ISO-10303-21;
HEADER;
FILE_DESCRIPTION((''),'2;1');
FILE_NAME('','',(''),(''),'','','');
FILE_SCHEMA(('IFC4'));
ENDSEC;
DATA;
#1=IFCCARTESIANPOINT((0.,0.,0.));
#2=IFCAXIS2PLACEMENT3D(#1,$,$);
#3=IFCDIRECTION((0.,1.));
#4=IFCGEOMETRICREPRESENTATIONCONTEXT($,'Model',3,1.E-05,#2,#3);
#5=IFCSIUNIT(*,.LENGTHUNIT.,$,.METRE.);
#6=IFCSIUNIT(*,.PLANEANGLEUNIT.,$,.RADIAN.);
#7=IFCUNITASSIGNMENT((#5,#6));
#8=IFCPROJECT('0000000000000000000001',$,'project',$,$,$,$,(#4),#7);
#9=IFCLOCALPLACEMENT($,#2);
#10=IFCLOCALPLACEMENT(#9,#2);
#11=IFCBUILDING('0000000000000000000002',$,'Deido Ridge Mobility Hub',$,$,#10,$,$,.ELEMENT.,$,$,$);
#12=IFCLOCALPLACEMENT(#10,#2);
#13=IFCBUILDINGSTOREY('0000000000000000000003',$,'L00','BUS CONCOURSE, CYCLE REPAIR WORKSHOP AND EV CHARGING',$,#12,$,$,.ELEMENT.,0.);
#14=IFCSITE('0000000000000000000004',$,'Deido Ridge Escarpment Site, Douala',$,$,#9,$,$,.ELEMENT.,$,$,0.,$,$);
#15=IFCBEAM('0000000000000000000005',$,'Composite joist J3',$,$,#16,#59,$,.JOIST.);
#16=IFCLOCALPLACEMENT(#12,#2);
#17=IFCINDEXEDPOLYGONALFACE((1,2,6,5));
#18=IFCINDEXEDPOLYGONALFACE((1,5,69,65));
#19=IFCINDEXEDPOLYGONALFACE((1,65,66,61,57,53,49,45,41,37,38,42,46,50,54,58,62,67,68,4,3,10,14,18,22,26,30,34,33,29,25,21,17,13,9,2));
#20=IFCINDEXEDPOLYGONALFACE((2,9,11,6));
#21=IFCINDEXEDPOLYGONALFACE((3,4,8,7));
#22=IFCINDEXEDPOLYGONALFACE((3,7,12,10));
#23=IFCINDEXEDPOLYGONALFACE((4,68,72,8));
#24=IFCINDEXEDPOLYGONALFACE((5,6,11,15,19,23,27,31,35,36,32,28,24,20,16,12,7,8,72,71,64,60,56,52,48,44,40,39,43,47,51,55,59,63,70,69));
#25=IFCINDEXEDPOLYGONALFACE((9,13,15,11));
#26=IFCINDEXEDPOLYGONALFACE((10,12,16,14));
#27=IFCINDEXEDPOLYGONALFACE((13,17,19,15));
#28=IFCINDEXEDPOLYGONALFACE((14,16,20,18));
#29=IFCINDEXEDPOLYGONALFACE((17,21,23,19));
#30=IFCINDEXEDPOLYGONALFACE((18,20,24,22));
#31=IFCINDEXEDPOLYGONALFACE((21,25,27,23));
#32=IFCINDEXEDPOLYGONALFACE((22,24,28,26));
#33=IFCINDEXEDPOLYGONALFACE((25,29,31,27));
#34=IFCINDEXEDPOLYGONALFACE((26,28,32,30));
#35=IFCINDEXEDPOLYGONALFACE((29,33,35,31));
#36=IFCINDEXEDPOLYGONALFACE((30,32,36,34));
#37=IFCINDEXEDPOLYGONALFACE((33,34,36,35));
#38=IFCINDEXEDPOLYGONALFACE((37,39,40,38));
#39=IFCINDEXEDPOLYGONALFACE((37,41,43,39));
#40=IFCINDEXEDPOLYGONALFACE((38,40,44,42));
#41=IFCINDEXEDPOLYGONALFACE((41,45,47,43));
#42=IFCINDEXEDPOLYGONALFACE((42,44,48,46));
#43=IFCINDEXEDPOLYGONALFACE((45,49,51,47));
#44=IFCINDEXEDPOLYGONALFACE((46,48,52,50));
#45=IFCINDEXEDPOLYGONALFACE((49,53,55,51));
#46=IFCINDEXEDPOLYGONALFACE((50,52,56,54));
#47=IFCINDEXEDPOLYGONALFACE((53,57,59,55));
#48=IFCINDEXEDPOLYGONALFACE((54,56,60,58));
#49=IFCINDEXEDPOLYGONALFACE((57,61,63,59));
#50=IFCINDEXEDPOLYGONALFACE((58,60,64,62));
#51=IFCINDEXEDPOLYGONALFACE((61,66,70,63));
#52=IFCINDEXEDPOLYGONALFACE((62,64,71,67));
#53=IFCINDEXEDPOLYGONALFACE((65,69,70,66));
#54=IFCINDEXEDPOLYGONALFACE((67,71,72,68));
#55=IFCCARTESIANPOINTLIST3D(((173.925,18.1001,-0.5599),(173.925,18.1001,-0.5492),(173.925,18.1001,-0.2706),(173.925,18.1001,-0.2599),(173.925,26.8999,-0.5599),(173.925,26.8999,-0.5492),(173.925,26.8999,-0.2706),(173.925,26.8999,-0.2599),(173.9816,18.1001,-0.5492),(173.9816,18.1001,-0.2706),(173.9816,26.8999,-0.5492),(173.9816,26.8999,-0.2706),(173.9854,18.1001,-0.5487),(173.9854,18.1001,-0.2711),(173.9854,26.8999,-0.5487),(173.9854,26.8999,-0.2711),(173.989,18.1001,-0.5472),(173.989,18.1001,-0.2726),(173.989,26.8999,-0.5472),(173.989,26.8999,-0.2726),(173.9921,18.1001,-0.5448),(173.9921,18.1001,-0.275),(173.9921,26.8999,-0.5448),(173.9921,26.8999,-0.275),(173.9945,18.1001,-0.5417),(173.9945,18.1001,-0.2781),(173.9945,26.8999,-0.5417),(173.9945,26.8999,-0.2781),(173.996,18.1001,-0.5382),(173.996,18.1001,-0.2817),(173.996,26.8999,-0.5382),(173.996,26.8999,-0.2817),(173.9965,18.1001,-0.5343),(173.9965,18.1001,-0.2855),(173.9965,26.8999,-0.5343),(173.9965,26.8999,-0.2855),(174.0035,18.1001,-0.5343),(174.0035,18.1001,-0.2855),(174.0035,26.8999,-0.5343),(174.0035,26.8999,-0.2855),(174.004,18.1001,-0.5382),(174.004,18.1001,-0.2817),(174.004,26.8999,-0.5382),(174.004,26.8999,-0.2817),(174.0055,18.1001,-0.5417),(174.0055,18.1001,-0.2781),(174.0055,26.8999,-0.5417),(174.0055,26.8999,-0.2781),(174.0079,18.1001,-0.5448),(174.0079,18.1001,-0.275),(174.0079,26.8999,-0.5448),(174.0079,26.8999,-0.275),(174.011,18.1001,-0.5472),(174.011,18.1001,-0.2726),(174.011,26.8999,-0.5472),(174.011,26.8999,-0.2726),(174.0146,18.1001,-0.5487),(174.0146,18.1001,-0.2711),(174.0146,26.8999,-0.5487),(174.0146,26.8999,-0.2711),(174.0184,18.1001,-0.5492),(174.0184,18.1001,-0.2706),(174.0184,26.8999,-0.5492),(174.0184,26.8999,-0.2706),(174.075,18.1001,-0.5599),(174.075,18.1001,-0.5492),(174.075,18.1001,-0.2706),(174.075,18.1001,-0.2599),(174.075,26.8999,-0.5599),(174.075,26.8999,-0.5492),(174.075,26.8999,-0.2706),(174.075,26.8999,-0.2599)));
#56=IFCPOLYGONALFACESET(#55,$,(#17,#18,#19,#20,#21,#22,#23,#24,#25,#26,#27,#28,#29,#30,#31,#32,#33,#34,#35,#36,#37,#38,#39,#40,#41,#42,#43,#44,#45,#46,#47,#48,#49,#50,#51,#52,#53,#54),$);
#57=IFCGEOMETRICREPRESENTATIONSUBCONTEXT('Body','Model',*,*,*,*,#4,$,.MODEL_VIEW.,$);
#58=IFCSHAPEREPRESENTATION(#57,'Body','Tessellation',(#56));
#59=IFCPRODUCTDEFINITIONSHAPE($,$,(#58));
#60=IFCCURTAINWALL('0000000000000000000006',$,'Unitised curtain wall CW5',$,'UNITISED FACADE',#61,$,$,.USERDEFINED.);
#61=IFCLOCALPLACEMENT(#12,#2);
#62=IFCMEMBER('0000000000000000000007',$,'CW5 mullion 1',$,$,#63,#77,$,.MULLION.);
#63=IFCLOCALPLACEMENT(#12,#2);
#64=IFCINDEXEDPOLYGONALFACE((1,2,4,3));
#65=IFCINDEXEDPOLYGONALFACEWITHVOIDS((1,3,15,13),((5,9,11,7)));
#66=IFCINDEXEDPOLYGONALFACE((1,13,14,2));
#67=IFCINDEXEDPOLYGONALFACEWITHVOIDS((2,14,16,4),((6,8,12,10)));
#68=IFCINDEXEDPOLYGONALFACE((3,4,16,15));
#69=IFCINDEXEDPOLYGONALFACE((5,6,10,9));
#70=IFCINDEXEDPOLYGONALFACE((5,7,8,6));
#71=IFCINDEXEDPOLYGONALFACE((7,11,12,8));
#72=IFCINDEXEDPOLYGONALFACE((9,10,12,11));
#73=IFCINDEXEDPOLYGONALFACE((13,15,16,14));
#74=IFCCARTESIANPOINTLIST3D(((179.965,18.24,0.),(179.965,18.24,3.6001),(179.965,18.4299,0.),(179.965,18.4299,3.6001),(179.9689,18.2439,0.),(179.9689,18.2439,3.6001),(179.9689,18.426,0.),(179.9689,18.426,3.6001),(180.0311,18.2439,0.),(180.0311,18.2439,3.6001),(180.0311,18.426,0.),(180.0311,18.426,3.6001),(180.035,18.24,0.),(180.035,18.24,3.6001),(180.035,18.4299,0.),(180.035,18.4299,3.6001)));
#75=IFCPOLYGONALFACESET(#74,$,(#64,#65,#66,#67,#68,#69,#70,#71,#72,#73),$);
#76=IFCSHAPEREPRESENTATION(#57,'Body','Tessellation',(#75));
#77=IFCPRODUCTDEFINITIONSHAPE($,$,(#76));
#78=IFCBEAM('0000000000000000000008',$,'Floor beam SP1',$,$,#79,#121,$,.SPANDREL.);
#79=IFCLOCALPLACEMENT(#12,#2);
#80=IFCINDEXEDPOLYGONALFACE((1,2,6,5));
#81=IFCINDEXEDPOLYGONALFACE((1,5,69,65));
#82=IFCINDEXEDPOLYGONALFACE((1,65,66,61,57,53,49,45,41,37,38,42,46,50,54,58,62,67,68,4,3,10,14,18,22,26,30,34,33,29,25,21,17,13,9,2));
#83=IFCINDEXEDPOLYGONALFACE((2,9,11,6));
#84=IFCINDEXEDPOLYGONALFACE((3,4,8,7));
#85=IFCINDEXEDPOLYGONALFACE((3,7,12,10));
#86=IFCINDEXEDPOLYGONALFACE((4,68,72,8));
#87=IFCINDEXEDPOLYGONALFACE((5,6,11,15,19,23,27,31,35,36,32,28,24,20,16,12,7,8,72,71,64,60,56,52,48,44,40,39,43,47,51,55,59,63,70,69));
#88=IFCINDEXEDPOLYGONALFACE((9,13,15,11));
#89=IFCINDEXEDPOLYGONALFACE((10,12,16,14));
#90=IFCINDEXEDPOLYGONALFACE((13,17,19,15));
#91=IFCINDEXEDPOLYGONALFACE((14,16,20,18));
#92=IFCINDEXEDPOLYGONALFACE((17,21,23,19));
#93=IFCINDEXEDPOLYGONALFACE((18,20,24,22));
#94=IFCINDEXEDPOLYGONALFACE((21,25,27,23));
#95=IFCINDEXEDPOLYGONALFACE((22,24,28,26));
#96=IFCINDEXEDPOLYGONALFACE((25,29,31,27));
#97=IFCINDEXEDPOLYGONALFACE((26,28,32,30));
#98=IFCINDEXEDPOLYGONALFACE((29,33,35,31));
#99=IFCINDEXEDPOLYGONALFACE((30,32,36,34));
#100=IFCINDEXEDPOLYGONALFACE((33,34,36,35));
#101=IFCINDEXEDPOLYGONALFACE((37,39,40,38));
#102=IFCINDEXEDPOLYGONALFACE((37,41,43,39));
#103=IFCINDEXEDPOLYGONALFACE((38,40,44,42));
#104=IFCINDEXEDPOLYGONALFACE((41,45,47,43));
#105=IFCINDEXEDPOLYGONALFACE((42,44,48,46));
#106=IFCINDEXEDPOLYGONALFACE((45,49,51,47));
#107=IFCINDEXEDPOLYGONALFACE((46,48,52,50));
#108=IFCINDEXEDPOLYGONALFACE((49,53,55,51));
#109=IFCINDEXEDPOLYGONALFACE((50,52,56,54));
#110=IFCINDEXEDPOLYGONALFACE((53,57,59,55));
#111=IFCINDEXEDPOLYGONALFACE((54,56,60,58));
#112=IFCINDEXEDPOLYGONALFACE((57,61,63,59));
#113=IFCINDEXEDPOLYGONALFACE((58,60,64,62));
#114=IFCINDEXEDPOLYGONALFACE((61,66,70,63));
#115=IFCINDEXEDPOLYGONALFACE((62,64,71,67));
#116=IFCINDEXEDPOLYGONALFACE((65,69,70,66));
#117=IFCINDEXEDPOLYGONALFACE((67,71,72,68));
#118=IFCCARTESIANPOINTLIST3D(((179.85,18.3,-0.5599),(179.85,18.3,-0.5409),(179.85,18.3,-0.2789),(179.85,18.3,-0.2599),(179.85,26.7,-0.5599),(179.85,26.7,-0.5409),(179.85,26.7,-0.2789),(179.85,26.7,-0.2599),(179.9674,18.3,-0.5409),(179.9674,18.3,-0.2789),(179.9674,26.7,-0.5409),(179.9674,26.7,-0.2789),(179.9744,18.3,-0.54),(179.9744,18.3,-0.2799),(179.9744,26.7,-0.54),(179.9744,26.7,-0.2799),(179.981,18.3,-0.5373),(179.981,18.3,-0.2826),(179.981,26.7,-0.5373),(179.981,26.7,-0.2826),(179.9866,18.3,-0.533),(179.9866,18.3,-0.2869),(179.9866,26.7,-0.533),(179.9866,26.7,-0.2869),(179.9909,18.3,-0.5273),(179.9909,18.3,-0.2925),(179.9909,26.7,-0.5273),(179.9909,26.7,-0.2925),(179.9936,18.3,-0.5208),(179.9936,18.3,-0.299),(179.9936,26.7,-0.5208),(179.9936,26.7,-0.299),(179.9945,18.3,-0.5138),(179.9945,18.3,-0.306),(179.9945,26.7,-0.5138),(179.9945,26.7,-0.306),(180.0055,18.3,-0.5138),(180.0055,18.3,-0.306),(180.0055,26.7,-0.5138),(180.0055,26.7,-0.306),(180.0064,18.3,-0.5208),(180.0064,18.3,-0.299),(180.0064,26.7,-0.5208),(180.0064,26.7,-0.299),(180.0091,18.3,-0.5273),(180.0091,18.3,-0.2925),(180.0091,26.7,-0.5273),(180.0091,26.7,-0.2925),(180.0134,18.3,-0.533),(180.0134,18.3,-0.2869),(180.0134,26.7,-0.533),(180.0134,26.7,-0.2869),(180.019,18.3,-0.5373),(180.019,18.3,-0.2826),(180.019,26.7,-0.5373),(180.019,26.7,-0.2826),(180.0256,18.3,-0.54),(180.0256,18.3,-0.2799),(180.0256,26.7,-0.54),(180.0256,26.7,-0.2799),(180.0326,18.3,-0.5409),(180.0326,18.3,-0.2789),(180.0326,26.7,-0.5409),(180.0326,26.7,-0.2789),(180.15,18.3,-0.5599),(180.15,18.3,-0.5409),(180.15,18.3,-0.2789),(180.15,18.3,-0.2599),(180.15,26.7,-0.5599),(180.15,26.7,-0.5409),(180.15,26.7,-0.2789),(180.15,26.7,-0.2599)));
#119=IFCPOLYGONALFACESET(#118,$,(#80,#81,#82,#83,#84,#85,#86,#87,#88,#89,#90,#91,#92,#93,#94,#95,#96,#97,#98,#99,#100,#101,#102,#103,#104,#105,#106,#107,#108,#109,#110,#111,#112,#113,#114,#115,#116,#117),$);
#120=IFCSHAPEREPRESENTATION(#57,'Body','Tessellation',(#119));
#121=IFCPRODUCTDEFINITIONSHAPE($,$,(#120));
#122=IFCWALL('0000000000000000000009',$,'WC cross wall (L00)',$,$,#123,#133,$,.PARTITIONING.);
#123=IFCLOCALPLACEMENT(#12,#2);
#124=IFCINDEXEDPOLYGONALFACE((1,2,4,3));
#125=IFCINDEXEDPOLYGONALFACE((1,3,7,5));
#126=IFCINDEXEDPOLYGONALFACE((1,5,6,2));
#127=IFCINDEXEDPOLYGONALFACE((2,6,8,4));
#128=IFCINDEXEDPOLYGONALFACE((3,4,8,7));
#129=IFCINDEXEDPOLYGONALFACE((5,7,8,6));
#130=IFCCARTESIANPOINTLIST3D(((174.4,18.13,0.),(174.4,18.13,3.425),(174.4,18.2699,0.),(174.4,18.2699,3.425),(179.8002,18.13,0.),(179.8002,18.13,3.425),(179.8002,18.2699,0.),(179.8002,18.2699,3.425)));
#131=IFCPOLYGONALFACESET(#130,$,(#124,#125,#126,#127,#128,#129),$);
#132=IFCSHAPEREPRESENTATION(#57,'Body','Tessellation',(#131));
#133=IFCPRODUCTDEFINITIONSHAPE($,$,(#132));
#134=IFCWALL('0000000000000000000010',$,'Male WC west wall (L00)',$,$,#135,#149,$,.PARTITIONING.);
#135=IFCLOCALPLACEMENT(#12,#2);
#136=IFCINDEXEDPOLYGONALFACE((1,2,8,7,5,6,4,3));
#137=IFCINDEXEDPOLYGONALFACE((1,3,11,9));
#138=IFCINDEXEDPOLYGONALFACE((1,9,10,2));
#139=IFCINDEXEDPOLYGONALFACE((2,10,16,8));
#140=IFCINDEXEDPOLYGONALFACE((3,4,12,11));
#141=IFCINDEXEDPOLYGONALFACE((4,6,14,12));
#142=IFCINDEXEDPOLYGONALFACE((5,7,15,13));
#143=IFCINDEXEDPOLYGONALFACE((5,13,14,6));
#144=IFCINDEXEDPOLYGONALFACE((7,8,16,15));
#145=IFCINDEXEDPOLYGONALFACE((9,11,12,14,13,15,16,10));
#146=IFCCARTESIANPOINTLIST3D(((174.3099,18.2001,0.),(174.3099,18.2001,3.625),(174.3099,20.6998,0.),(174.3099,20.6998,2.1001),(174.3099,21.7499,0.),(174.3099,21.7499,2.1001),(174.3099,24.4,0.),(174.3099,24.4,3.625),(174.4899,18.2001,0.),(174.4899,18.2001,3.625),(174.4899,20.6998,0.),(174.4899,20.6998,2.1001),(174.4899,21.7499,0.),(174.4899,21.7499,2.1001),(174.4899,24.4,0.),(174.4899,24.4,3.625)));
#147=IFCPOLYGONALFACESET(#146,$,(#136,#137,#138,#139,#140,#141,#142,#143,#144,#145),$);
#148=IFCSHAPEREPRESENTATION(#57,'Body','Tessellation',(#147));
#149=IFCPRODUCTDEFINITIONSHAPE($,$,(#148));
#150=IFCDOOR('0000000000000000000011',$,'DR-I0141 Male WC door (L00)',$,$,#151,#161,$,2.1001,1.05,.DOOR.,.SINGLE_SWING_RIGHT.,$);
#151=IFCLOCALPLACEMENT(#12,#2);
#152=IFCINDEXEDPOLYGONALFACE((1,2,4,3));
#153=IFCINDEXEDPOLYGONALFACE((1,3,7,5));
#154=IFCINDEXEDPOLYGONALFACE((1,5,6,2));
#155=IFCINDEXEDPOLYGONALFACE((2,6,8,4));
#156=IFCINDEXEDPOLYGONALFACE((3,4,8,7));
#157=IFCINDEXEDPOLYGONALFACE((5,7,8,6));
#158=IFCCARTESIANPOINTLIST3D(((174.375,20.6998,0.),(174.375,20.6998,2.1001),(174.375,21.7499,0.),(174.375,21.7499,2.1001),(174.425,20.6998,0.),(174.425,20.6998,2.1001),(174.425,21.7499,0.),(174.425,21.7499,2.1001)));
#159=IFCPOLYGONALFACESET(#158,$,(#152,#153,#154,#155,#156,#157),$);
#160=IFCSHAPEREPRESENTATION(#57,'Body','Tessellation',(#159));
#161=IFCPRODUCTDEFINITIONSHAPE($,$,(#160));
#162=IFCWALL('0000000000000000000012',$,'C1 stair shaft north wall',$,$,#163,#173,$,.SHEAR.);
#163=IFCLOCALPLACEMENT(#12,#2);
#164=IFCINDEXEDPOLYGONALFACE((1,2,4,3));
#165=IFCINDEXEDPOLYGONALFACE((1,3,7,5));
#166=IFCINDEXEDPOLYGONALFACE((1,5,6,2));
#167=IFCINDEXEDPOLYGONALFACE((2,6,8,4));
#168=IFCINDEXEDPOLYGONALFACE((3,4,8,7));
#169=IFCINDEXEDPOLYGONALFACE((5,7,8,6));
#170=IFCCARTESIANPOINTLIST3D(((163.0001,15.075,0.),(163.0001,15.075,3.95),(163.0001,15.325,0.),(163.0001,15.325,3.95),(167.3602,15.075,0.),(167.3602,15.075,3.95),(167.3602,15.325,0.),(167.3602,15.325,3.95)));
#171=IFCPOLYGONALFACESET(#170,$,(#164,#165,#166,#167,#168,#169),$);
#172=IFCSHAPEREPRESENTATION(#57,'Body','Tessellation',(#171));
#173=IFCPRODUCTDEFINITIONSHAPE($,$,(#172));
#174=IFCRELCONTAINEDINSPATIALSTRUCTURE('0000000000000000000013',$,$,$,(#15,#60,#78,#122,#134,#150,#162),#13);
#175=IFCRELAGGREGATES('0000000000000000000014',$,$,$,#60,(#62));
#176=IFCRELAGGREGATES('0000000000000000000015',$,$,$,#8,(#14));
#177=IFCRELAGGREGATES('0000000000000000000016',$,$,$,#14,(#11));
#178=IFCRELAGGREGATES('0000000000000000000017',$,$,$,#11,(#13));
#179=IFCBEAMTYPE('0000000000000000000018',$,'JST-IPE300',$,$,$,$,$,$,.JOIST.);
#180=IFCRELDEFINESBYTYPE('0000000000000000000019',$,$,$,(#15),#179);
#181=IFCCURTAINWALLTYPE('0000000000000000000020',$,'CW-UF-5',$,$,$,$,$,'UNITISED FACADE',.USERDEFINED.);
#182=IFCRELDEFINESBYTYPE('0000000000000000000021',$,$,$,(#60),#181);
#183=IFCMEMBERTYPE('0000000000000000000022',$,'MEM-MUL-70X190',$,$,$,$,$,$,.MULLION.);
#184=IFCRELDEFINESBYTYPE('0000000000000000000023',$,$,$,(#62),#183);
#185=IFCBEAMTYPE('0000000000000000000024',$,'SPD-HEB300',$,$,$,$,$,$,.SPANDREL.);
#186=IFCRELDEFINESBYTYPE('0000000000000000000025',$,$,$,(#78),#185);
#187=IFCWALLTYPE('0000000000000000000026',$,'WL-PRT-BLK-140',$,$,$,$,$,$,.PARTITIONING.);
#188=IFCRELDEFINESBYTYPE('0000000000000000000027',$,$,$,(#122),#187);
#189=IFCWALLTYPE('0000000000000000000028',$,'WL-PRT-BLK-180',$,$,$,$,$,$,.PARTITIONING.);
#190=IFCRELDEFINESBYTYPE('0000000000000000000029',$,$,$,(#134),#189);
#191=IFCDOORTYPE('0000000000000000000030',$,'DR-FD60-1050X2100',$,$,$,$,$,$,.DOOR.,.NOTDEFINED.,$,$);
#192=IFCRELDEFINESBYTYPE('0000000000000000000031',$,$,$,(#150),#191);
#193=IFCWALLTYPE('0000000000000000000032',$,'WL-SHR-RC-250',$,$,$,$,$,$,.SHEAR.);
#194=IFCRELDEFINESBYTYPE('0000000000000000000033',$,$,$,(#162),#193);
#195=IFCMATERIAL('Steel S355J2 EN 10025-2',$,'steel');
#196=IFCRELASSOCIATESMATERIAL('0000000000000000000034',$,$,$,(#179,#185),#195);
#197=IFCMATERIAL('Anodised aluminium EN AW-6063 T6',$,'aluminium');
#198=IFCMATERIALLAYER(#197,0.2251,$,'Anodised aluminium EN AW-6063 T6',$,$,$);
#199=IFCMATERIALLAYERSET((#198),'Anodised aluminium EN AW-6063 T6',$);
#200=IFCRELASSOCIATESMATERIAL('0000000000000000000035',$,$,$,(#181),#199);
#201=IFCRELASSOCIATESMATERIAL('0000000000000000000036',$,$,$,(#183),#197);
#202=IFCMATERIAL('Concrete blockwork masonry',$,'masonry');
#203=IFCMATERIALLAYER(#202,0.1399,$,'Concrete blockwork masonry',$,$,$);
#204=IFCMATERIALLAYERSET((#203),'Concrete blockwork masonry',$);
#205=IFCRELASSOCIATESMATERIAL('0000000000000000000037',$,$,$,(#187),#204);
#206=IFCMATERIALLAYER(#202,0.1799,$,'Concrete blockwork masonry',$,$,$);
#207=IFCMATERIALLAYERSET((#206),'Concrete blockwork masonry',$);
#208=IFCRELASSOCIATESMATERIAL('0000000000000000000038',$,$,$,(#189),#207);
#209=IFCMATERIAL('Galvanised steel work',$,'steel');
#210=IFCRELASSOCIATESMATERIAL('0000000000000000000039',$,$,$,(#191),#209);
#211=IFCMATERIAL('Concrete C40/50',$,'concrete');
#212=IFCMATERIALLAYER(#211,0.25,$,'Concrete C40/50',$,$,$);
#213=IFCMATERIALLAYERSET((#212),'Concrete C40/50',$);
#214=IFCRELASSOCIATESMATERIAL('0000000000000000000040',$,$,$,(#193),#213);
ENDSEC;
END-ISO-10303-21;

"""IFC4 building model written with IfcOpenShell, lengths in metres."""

from ifc_helpers import new_model, si_unit, direction, frame, frame_2d, origin, origin_2d, place, context, subcontext, project, spatial, rectangle, hollow_rectangle, i_section, extrude, material, layer, layer_set, material_profile, profile_set, type_object, element, fill, aggregate, save


model = new_model("IFC4")

# Units and contexts
model_context = context("Model", 3, precision=1e-05, world=origin(), true_north=direction((0.0, 1.0)))
body_context = subcontext(model_context, "Body", "Model", "MODEL_VIEW")
ifc_project = project(units=[si_unit("LENGTHUNIT", "METRE"), si_unit("PLANEANGLEUNIT", "RADIAN")], contexts=[model_context])

# Site, building, storey
site_placement = place(None, origin())
site = spatial("IfcSite", under=ifc_project, at=site_placement, Name="Deido Ridge Escarpment Site, Douala", CompositionType="ELEMENT", RefElevation=0.0)
building_placement = place(site_placement, origin())
building = spatial("IfcBuilding", under=site, at=building_placement, Name="Deido Ridge Mobility Hub", CompositionType="ELEMENT")
storey_placement = place(building_placement, origin())
storey = spatial("IfcBuildingStorey", under=building, at=storey_placement, Name="L00", Description="BUS CONCOURSE, CYCLE REPAIR WORKSHOP AND EV CHARGING", CompositionType="ELEMENT", Elevation=0.0)

# Shared definitions
ifc_material_1 = material(Name="Steel S355J2 EN 10025-2", Category="steel")

# Beam
ifc_material_profile_1 = material_profile(ifc_material_1, i_section(OverallWidth=0.1499, OverallDepth=0.3, WebThickness=0.0071, FlangeThickness=0.0107, FilletRadius=0.0149, at=origin_2d()), Name="IPE 300")
ifc_profile_set_1 = profile_set([ifc_material_profile_1], Name="Steel S355J2 EN 10025-2")
beam_type_1 = type_object("IfcBeamType", Name="JST-IPE300", PredefinedType="JOIST", material=ifc_profile_set_1)
for number, where, z_axis, x_axis, name in (
    (1, (174.0, 18.1001, -0.4099), (0.0, 1.0, 0.0), (-1.0, 0.0, 0.0), "Composite joist J3"),
):
    element("IfcBeam", number, at=place(storey_placement, frame(where, z_axis=z_axis, x_axis=x_axis)), inside=storey, type_object=beam_type_1, Name=name, PredefinedType="JOIST", context=body_context, shape_type="SweptSolid", body=[
        extrude(i_section(OverallWidth=0.1499, OverallDepth=0.3, WebThickness=0.0071, FlangeThickness=0.0107, FilletRadius=0.0149, at=origin_2d()), origin(), (0.0, 0.0, 1.0), 8.7998),
    ])

# Curtain wall, member
ifc_material_2 = material(Name="Anodised aluminium EN AW-6063 T6", Category="aluminium")
ifc_layer_1 = layer(ifc_material_2, 0.2251, Name="Anodised aluminium EN AW-6063 T6")
ifc_layer_set_1 = layer_set([ifc_layer_1], Name="Anodised aluminium EN AW-6063 T6")
curtain_wall_type = type_object("IfcCurtainWallType", Name="CW-UF-5", ElementType="UNITISED FACADE", PredefinedType="USERDEFINED", material=ifc_layer_set_1)
curtain_wall_placement = place(storey_placement, origin())
curtain_wall = element("IfcCurtainWall", 2, at=curtain_wall_placement, inside=storey, type_object=curtain_wall_type, Name="Unitised curtain wall CW5", ObjectType="UNITISED FACADE", PredefinedType="USERDEFINED")
ifc_material_profile_2 = material_profile(ifc_material_2, hollow_rectangle(XDim=0.0701, YDim=0.1899, WallThickness=0.0039, at=origin_2d()), Name="RHS 70x190x4")
ifc_profile_set_2 = profile_set([ifc_material_profile_2], Name="Anodised aluminium EN AW-6063 T6")
member_type = type_object("IfcMemberType", Name="MEM-MUL-70X190", PredefinedType="MULLION", material=ifc_profile_set_2)
member_placement = place(storey_placement, frame((180.0, 18.335, 0.0), z_axis=(0.0, 0.0, 1.0), x_axis=(-1.0, 0.0, 0.0)))
member = element("IfcMember", 3, at=member_placement, type_object=member_type, Name="CW5 mullion 1", PredefinedType="MULLION", context=body_context, shape_type="SweptSolid", body=[
    extrude(hollow_rectangle(XDim=0.0701, YDim=0.1899, WallThickness=0.0039, at=origin_2d()), origin(), (0.0, 0.0, 1.0), 3.6001),
])
aggregate(curtain_wall, [member])

# Beam
ifc_material_profile_3 = material_profile(ifc_material_1, i_section(OverallWidth=0.3, OverallDepth=0.3, WebThickness=0.011, FlangeThickness=0.019, FilletRadius=0.0271, at=origin_2d()), Name="HEB 300")
ifc_profile_set_3 = profile_set([ifc_material_profile_3], Name="Steel S355J2 EN 10025-2")
beam_type_2 = type_object("IfcBeamType", Name="SPD-HEB300", PredefinedType="SPANDREL", material=ifc_profile_set_3)
beam_1_placement = place(storey_placement, frame((180.0, 18.3, -0.4099), z_axis=(0.0, 1.0, 0.0), x_axis=(-1.0, 0.0, 0.0)))
element("IfcBeam", 4, at=beam_1_placement, inside=storey, type_object=beam_type_2, Name="Floor beam SP1", PredefinedType="SPANDREL", context=body_context, shape_type="SweptSolid", body=[
    extrude(i_section(OverallWidth=0.3, OverallDepth=0.3, WebThickness=0.011, FlangeThickness=0.019, FilletRadius=0.0271, at=origin_2d()), origin(), (0.0, 0.0, 1.0), 8.3999),
])

# Wall
ifc_material_3 = material(Name="Concrete blockwork masonry", Category="masonry")
ifc_layer_2 = layer(ifc_material_3, 0.1399, Name="Concrete blockwork masonry")
ifc_layer_set_2 = layer_set([ifc_layer_2], Name="Concrete blockwork masonry")
wall_type_1 = type_object("IfcWallType", Name="WL-PRT-BLK-140", PredefinedType="PARTITIONING", material=ifc_layer_set_2)
wall_1_placement = place(storey_placement, frame((174.3999, 18.2, 0.0), z_axis=(0.0, 0.0, 1.0), x_axis=(1.0, 0.0, 0.0)))
element("IfcWall", 5, at=wall_1_placement, inside=storey, type_object=wall_type_1, Name="WC cross wall (L00)", PredefinedType="PARTITIONING", context=body_context, shape_type="SweptSolid", body=[
    extrude(rectangle(XDim=5.4001, YDim=0.1399, at=frame_2d((2.7002, 0.0))), origin(), (0.0, 0.0, 1.0), 3.425),
])

# Wall, opening, door
ifc_layer_3 = layer(ifc_material_3, 0.1799, Name="Concrete blockwork masonry")
ifc_layer_set_3 = layer_set([ifc_layer_3], Name="Concrete blockwork masonry")
wall_type_2 = type_object("IfcWallType", Name="WL-PRT-BLK-180", PredefinedType="PARTITIONING", material=ifc_layer_set_3)
wall_2_placement = place(storey_placement, frame((174.3999, 18.2, 0.0), z_axis=(0.0, 0.0, 1.0), x_axis=(0.0, 1.0, 0.0)))
wall_2 = element("IfcWall", 6, at=wall_2_placement, inside=storey, type_object=wall_type_2, Name="Male WC west wall (L00)", PredefinedType="PARTITIONING", context=body_context, shape_type="SweptSolid", body=[
    extrude(rectangle(XDim=6.2, YDim=0.1799, at=frame_2d((3.1001, 0.0))), origin(), (0.0, 0.0, 1.0), 3.625),
])
opening_1_placement = place(wall_2_placement, frame((2.5, 0.0, 0.0)))
opening_1 = element("IfcOpeningElement", 7, at=opening_1_placement, cuts=wall_2, PredefinedType="OPENING", context=body_context, shape_type="SweptSolid", body=[
    extrude(rectangle(XDim=1.05, YDim=2.1001, at=frame_2d((0.5249, 1.05))), frame((0.0, 0.1001, 0.0), z_axis=(0.0, -1.0, 0.0), x_axis=(1.0, 0.0, 0.0)), (0.0, 0.0, 1.0), 0.2),
])
ifc_material_4 = material(Name="Galvanised steel work", Category="steel")
door_type_1 = type_object("IfcDoorType", Name="DR-FD60-1050X2100", OperationType="NOTDEFINED", PredefinedType="DOOR", material=ifc_material_4)
door_1_placement = place(opening_1_placement, origin())
door_1 = element("IfcDoor", 8, at=door_1_placement, inside=storey, type_object=door_type_1, Name="DR-I0141 Male WC door (L00)", OperationType="SINGLE_SWING_RIGHT", OverallHeight=2.1001, OverallWidth=1.05, PredefinedType="DOOR", context=body_context, shape_type="SweptSolid", body=[
    extrude(rectangle(XDim=1.05, YDim=2.1001, at=frame_2d((0.5249, 1.05))), frame((0.0, 0.0249, 0.0), z_axis=(0.0, -1.0, 0.0), x_axis=(1.0, 0.0, 0.0)), (0.0, 0.0, 1.0), 0.05),
])
fill(opening_1, door_1)

# Wall
ifc_material_5 = material(Name="Concrete C40/50", Category="concrete")
ifc_layer_4 = layer(ifc_material_5, 0.25, Name="Concrete C40/50")
ifc_layer_set_4 = layer_set([ifc_layer_4], Name="Concrete C40/50")
wall_type_3 = type_object("IfcWallType", Name="WL-SHR-RC-250", PredefinedType="SHEAR", material=ifc_layer_set_4)
wall_3_placement = place(storey_placement, frame((163.0, 15.2, 0.0), z_axis=(0.0, 0.0, 1.0), x_axis=(1.0, 0.0, 0.0)))
element("IfcWall", 9, at=wall_3_placement, inside=storey, type_object=wall_type_3, Name="C1 stair shaft north wall", PredefinedType="SHEAR", context=body_context, shape_type="SweptSolid", body=[
    extrude(rectangle(XDim=4.3601, YDim=0.25, at=frame_2d((2.1802, 0.0))), origin(), (0.0, 0.0, 1.0), 3.95),
])

save(model, "model.ifc")
